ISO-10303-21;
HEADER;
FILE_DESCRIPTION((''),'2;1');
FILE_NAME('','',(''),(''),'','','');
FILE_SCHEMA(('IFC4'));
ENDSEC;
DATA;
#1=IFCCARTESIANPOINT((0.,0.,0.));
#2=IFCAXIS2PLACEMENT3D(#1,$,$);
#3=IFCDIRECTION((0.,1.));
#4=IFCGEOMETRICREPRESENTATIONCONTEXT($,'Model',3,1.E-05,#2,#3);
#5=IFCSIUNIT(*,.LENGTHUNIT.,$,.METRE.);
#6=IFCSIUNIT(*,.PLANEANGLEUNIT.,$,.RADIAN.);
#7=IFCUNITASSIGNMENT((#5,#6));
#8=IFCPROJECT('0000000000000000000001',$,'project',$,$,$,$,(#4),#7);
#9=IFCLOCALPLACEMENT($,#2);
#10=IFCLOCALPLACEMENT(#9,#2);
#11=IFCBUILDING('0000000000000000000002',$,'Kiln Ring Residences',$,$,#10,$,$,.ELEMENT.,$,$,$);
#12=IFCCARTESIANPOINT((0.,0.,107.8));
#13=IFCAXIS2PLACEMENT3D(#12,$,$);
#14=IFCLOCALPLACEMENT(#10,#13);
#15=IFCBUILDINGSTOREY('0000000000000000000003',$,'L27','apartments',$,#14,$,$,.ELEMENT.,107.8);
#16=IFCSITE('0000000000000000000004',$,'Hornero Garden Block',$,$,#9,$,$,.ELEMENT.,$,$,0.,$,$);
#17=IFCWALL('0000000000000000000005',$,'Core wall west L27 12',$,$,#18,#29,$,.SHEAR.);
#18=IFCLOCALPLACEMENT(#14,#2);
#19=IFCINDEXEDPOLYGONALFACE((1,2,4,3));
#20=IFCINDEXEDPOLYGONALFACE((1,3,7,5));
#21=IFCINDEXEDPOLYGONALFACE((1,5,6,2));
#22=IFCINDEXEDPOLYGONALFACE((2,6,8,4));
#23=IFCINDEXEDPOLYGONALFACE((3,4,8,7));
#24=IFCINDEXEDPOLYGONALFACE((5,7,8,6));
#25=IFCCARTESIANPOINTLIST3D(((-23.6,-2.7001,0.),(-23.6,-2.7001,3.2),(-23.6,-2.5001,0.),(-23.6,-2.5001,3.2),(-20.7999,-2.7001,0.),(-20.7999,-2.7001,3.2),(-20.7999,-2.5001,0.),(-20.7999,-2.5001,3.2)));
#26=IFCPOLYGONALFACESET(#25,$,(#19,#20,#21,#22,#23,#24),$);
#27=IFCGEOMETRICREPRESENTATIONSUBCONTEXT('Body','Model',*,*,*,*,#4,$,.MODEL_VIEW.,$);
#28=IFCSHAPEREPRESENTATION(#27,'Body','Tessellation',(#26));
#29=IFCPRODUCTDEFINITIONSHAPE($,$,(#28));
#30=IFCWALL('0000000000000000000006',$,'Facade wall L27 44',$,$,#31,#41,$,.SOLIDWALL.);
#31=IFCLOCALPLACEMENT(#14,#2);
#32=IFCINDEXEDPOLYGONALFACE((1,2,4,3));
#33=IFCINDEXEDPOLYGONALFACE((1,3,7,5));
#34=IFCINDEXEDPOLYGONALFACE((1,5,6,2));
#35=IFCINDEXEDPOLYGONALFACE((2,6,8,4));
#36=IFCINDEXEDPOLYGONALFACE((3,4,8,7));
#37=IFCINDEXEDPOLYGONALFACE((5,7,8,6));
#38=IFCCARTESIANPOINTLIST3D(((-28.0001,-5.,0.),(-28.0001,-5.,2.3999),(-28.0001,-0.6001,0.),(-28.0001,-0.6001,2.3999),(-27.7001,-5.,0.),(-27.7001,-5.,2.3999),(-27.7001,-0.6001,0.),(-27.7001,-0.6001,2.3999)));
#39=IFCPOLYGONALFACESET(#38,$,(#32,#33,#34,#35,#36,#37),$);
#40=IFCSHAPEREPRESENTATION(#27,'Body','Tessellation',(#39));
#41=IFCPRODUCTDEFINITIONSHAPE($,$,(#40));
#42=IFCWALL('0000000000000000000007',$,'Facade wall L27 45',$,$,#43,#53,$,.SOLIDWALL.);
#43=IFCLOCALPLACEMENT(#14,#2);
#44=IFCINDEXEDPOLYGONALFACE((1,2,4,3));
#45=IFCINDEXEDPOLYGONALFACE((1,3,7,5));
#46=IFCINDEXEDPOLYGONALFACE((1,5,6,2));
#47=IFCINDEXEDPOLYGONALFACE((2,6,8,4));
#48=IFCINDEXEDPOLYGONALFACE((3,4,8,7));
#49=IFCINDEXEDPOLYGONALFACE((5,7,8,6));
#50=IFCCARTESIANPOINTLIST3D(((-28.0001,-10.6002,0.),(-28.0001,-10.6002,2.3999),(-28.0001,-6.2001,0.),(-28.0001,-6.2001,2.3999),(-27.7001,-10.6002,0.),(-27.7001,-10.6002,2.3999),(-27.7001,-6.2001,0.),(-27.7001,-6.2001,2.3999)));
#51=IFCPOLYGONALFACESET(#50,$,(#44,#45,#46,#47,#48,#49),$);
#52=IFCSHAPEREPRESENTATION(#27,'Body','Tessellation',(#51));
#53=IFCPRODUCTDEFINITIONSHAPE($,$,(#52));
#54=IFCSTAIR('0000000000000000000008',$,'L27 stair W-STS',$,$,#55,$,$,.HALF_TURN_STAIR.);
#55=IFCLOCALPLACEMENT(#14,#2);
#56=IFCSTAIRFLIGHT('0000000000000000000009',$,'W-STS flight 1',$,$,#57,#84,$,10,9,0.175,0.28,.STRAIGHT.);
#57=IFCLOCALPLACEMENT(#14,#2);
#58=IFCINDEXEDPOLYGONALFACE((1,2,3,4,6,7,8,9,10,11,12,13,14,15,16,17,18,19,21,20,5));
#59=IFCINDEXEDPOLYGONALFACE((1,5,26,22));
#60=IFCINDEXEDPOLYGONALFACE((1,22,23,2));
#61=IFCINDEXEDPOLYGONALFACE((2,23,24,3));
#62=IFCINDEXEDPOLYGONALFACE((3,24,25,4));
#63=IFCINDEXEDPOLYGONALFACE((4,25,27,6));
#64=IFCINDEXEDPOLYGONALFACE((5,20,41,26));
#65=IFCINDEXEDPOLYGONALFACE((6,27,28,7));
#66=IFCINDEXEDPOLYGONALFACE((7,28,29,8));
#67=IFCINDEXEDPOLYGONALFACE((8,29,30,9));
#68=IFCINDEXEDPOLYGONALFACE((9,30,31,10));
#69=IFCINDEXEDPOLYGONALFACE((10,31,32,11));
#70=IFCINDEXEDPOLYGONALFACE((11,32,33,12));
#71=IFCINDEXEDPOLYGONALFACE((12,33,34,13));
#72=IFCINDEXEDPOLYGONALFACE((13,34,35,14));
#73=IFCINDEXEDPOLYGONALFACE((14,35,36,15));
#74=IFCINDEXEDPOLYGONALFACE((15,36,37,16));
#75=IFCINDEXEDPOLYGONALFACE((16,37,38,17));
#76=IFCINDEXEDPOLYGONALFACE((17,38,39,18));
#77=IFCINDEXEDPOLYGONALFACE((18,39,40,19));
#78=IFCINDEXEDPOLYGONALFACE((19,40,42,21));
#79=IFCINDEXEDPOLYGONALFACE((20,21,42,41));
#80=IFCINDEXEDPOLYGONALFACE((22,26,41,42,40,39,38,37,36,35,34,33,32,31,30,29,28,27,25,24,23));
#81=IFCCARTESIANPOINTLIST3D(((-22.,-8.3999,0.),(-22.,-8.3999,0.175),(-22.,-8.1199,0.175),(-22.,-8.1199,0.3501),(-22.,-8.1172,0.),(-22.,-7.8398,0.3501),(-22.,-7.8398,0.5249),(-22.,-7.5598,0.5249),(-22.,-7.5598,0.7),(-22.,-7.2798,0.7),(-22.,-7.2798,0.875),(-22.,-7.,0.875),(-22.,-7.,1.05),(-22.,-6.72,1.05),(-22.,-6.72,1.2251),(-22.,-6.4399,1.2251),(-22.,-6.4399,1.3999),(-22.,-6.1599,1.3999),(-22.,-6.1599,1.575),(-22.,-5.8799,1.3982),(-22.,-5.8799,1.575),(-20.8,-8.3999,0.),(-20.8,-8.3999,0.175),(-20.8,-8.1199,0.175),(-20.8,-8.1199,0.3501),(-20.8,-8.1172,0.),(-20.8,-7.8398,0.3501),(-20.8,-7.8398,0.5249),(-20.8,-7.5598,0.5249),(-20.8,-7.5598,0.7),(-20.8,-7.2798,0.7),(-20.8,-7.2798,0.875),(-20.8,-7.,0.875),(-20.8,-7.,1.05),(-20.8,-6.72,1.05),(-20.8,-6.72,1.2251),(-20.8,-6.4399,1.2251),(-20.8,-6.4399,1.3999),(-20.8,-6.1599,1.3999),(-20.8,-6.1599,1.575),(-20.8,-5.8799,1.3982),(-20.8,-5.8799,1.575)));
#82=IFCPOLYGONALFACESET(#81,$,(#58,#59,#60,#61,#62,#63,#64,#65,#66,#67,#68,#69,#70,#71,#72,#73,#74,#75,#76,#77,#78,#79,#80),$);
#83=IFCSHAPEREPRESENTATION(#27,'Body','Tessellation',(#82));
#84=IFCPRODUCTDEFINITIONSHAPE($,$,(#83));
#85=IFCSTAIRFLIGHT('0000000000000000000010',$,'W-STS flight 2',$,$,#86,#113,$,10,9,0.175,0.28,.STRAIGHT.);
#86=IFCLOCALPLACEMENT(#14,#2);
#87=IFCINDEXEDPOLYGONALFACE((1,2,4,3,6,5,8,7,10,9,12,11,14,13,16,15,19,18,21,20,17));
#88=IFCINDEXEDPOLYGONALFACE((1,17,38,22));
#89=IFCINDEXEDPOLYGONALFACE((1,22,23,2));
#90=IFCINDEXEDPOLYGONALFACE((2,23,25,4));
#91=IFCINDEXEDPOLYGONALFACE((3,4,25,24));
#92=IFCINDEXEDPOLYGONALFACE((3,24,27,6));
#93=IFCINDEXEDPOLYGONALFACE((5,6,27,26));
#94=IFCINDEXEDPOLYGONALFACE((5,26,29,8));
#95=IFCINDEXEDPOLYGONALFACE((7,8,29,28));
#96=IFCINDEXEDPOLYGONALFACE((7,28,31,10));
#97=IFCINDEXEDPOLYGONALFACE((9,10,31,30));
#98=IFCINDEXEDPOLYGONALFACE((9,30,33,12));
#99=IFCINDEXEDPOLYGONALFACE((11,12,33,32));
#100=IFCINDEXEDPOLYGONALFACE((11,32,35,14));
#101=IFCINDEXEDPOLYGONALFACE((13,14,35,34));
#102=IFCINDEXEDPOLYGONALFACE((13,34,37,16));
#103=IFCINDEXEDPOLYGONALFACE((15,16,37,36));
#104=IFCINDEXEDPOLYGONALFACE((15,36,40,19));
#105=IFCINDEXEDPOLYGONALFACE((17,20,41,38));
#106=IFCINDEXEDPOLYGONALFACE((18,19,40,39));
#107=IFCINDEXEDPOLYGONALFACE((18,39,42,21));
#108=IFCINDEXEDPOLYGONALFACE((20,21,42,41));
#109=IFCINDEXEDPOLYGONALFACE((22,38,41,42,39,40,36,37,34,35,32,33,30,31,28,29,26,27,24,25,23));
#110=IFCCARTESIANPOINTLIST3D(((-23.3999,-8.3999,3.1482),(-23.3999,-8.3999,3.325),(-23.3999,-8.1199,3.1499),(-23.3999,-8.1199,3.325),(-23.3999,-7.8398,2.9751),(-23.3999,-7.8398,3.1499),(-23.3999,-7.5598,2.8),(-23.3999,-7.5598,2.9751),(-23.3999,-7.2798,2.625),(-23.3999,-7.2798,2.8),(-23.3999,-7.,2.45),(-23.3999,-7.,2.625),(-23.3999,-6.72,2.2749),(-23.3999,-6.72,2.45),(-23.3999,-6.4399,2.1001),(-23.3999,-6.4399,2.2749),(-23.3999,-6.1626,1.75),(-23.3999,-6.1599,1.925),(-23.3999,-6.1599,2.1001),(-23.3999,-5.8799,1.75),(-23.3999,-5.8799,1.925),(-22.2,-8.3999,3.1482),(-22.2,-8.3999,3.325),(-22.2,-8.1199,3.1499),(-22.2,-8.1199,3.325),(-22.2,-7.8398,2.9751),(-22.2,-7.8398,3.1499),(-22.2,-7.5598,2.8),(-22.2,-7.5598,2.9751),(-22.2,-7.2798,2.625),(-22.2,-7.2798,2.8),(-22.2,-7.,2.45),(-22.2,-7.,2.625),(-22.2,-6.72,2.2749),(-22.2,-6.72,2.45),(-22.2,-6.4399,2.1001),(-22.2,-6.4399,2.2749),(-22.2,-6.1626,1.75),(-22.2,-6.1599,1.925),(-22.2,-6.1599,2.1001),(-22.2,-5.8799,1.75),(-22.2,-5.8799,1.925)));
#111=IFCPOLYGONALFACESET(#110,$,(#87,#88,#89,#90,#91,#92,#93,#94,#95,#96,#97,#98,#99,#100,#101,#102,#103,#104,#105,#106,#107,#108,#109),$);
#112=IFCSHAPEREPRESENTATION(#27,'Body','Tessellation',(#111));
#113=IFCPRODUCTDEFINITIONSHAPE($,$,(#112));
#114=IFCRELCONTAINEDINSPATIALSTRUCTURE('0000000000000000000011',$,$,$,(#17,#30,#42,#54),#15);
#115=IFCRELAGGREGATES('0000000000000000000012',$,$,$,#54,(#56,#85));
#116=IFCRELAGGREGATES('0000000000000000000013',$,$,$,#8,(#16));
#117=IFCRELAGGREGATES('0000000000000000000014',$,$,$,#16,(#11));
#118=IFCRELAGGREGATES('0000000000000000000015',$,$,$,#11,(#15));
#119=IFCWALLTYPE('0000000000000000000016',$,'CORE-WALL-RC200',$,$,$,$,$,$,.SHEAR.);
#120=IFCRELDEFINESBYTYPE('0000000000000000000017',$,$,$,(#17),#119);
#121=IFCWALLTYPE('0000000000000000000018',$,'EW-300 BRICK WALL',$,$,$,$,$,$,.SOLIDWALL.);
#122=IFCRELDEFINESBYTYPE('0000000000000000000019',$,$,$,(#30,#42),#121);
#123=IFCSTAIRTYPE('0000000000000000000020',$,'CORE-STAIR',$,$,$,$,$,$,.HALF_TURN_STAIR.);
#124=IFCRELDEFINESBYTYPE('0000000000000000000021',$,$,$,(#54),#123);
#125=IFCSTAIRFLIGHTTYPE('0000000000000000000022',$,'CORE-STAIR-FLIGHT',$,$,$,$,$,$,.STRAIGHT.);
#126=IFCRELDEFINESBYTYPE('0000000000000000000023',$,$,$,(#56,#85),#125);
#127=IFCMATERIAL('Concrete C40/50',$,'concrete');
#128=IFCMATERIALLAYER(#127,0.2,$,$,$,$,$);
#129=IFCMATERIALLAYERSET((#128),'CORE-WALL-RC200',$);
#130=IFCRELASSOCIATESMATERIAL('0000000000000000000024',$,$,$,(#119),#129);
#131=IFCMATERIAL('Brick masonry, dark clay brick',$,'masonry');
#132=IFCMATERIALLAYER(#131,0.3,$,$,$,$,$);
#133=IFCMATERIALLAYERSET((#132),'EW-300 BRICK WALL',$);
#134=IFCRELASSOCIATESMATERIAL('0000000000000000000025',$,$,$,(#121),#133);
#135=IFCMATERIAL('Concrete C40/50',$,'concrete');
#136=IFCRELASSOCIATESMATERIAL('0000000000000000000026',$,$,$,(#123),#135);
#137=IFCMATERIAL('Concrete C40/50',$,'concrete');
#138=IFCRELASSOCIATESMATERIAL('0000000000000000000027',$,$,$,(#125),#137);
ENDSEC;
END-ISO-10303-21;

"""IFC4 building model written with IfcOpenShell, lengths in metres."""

from ifc_helpers import new_model, si_unit, direction, frame, frame_2d, origin, place, context, subcontext, project, spatial, polyline, rectangle, outline, extrude, material, layer, layer_set, type_object, element, aggregate, save


model = new_model("IFC4")

# Units and contexts
model_context = context("Model", 3, precision=1e-05, world=origin(), true_north=direction((0.0, 1.0)))
body_context = subcontext(model_context, "Body", "Model", "MODEL_VIEW")
ifc_project = project(units=[si_unit("LENGTHUNIT", "METRE"), si_unit("PLANEANGLEUNIT", "RADIAN")], contexts=[model_context])

# Site, building, storey
site_placement = place(None, origin())
site = spatial("IfcSite", under=ifc_project, at=site_placement, Name="Hornero Garden Block", CompositionType="ELEMENT", RefElevation=0.0)
building_placement = place(site_placement, origin())
building = spatial("IfcBuilding", under=site, at=building_placement, Name="Kiln Ring Residences", CompositionType="ELEMENT")
storey_placement = place(building_placement, frame((0.0, 0.0, 107.8)))
storey = spatial("IfcBuildingStorey", under=building, at=storey_placement, Name="L27", Description="apartments", CompositionType="ELEMENT", Elevation=107.8)

# Shared definitions
ifc_material_1 = material(Name="Concrete C40/50", Category="concrete")
ifc_layer_1 = layer(ifc_material_1, 0.2)
ifc_layer_set_1 = layer_set([ifc_layer_1], Name="CORE-WALL-RC200")
wall_type_1 = type_object("IfcWallType", Name="CORE-WALL-RC200", PredefinedType="SHEAR", material=ifc_layer_set_1)

# Walls
wall_1_placement = place(storey_placement, frame((-20.8, -2.6001, 0.0), z_axis=(0.0, 0.0, 1.0), x_axis=(-1.0, 0.0, 0.0)))
element("IfcWall", 1, at=wall_1_placement, inside=storey, type_object=wall_type_1, Name="Core wall west L27 12", PredefinedType="SHEAR", context=body_context, shape_type="SweptSolid", body=[
    extrude(rectangle(XDim=2.8, YDim=0.2, at=frame_2d((1.3999, 0.0))), origin(), (0.0, 0.0, 1.0), 3.2),
])
ifc_material_2 = material(Name="Brick masonry, dark clay brick", Category="masonry")
ifc_layer_2 = layer(ifc_material_2, 0.3)
ifc_layer_set_2 = layer_set([ifc_layer_2], Name="EW-300 BRICK WALL")
wall_type_2 = type_object("IfcWallType", Name="EW-300 BRICK WALL", PredefinedType="SOLIDWALL", material=ifc_layer_set_2)
wall_2_placement = place(storey_placement, frame((-27.8501, -0.6001, 0.0), z_axis=(0.0, 0.0, 1.0), x_axis=(0.0, -1.0, 0.0)))
element("IfcWall", 2, at=wall_2_placement, inside=storey, type_object=wall_type_2, Name="Facade wall L27 44", PredefinedType="SOLIDWALL", context=body_context, shape_type="SweptSolid", body=[
    extrude(rectangle(XDim=4.3999, YDim=0.3, at=frame_2d((2.2, 0.0))), origin(), (0.0, 0.0, 1.0), 2.3999),
])
wall_3_placement = place(storey_placement, frame((-27.8501, -6.2, 0.0), z_axis=(0.0, 0.0, 1.0), x_axis=(0.0, -1.0, 0.0)))
element("IfcWall", 3, at=wall_3_placement, inside=storey, type_object=wall_type_2, Name="Facade wall L27 45", PredefinedType="SOLIDWALL", context=body_context, shape_type="SweptSolid", body=[
    extrude(rectangle(XDim=4.4001, YDim=0.3, at=frame_2d((2.2002, 0.0))), origin(), (0.0, 0.0, 1.0), 2.3999),
])

# Stair, stair flights
ifc_material_3 = material(Name="Concrete C40/50", Category="concrete")
stair_type = type_object("IfcStairType", Name="CORE-STAIR", PredefinedType="HALF_TURN_STAIR", material=ifc_material_3)
stair_placement = place(storey_placement, origin())
stair = element("IfcStair", 4, at=stair_placement, inside=storey, type_object=stair_type, Name="L27 stair W-STS", PredefinedType="HALF_TURN_STAIR")
ifc_material_4 = material(Name="Concrete C40/50", Category="concrete")
stair_flight_type = type_object("IfcStairFlightType", Name="CORE-STAIR-FLIGHT", PredefinedType="STRAIGHT", material=ifc_material_4)
stair_flight_1_placement = place(storey_placement, frame((-21.3999, -8.3999, 0.0), z_axis=(0.0, 0.0, 1.0), x_axis=(0.0, 1.0, 0.0)))
stair_flight_1 = element("IfcStairFlight", 5, at=stair_flight_1_placement, type_object=stair_flight_type, Name="W-STS flight 1", NumberOfRisers=10, NumberOfTreads=9, PredefinedType="STRAIGHT", RiserHeight=0.175, TreadLength=0.28, context=body_context, shape_type="SweptSolid", body=[
    extrude(outline(polyline([(0.0, 0.0), (0.0, 0.175), (0.28, 0.175), (0.28, 0.3501), (0.5601, 0.3501), (0.5601, 0.5249), (0.8401, 0.5249), (0.8401, 0.7), (1.1201, 0.7), (1.1201, 0.875), (1.3999, 0.875), (1.3999, 1.05), (1.6799, 1.05), (1.6799, 1.2251), (1.96, 1.2251), (1.96, 1.3999), (2.24, 1.3999), (2.24, 1.575), (2.52, 1.575), (2.52, 1.75), (2.52, 1.3982), (0.2827, 0.0), (0.0, 0.0)])), frame((0.0, 0.6001, 0.0), z_axis=(0.0, -1.0, 0.0), x_axis=(1.0, 0.0, 0.0)), (0.0, 0.0, 1.0), 1.2),
])
stair_flight_2_placement = place(storey_placement, frame((-22.8, -5.8799, 1.75), z_axis=(0.0, 0.0, 1.0), x_axis=(0.0, -1.0, 0.0)))
stair_flight_2 = element("IfcStairFlight", 6, at=stair_flight_2_placement, type_object=stair_flight_type, Name="W-STS flight 2", NumberOfRisers=10, NumberOfTreads=9, PredefinedType="STRAIGHT", RiserHeight=0.175, TreadLength=0.28, context=body_context, shape_type="SweptSolid", body=[
    extrude(outline(polyline([(0.0, 0.0), (0.0, 0.175), (0.28, 0.175), (0.28, 0.3501), (0.5601, 0.3501), (0.5601, 0.5249), (0.8401, 0.5249), (0.8401, 0.7), (1.1201, 0.7), (1.1201, 0.875), (1.3999, 0.875), (1.3999, 1.05), (1.6799, 1.05), (1.6799, 1.2251), (1.96, 1.2251), (1.96, 1.3999), (2.24, 1.3999), (2.24, 1.575), (2.52, 1.575), (2.52, 1.75), (2.52, 1.3982), (0.2827, 0.0), (0.0, 0.0)])), frame((0.0, 0.6001, 0.0), z_axis=(0.0, -1.0, 0.0), x_axis=(1.0, 0.0, 0.0)), (0.0, 0.0, 1.0), 1.2),
])
aggregate(stair, [stair_flight_1, stair_flight_2])

save(model, "model.ifc")
